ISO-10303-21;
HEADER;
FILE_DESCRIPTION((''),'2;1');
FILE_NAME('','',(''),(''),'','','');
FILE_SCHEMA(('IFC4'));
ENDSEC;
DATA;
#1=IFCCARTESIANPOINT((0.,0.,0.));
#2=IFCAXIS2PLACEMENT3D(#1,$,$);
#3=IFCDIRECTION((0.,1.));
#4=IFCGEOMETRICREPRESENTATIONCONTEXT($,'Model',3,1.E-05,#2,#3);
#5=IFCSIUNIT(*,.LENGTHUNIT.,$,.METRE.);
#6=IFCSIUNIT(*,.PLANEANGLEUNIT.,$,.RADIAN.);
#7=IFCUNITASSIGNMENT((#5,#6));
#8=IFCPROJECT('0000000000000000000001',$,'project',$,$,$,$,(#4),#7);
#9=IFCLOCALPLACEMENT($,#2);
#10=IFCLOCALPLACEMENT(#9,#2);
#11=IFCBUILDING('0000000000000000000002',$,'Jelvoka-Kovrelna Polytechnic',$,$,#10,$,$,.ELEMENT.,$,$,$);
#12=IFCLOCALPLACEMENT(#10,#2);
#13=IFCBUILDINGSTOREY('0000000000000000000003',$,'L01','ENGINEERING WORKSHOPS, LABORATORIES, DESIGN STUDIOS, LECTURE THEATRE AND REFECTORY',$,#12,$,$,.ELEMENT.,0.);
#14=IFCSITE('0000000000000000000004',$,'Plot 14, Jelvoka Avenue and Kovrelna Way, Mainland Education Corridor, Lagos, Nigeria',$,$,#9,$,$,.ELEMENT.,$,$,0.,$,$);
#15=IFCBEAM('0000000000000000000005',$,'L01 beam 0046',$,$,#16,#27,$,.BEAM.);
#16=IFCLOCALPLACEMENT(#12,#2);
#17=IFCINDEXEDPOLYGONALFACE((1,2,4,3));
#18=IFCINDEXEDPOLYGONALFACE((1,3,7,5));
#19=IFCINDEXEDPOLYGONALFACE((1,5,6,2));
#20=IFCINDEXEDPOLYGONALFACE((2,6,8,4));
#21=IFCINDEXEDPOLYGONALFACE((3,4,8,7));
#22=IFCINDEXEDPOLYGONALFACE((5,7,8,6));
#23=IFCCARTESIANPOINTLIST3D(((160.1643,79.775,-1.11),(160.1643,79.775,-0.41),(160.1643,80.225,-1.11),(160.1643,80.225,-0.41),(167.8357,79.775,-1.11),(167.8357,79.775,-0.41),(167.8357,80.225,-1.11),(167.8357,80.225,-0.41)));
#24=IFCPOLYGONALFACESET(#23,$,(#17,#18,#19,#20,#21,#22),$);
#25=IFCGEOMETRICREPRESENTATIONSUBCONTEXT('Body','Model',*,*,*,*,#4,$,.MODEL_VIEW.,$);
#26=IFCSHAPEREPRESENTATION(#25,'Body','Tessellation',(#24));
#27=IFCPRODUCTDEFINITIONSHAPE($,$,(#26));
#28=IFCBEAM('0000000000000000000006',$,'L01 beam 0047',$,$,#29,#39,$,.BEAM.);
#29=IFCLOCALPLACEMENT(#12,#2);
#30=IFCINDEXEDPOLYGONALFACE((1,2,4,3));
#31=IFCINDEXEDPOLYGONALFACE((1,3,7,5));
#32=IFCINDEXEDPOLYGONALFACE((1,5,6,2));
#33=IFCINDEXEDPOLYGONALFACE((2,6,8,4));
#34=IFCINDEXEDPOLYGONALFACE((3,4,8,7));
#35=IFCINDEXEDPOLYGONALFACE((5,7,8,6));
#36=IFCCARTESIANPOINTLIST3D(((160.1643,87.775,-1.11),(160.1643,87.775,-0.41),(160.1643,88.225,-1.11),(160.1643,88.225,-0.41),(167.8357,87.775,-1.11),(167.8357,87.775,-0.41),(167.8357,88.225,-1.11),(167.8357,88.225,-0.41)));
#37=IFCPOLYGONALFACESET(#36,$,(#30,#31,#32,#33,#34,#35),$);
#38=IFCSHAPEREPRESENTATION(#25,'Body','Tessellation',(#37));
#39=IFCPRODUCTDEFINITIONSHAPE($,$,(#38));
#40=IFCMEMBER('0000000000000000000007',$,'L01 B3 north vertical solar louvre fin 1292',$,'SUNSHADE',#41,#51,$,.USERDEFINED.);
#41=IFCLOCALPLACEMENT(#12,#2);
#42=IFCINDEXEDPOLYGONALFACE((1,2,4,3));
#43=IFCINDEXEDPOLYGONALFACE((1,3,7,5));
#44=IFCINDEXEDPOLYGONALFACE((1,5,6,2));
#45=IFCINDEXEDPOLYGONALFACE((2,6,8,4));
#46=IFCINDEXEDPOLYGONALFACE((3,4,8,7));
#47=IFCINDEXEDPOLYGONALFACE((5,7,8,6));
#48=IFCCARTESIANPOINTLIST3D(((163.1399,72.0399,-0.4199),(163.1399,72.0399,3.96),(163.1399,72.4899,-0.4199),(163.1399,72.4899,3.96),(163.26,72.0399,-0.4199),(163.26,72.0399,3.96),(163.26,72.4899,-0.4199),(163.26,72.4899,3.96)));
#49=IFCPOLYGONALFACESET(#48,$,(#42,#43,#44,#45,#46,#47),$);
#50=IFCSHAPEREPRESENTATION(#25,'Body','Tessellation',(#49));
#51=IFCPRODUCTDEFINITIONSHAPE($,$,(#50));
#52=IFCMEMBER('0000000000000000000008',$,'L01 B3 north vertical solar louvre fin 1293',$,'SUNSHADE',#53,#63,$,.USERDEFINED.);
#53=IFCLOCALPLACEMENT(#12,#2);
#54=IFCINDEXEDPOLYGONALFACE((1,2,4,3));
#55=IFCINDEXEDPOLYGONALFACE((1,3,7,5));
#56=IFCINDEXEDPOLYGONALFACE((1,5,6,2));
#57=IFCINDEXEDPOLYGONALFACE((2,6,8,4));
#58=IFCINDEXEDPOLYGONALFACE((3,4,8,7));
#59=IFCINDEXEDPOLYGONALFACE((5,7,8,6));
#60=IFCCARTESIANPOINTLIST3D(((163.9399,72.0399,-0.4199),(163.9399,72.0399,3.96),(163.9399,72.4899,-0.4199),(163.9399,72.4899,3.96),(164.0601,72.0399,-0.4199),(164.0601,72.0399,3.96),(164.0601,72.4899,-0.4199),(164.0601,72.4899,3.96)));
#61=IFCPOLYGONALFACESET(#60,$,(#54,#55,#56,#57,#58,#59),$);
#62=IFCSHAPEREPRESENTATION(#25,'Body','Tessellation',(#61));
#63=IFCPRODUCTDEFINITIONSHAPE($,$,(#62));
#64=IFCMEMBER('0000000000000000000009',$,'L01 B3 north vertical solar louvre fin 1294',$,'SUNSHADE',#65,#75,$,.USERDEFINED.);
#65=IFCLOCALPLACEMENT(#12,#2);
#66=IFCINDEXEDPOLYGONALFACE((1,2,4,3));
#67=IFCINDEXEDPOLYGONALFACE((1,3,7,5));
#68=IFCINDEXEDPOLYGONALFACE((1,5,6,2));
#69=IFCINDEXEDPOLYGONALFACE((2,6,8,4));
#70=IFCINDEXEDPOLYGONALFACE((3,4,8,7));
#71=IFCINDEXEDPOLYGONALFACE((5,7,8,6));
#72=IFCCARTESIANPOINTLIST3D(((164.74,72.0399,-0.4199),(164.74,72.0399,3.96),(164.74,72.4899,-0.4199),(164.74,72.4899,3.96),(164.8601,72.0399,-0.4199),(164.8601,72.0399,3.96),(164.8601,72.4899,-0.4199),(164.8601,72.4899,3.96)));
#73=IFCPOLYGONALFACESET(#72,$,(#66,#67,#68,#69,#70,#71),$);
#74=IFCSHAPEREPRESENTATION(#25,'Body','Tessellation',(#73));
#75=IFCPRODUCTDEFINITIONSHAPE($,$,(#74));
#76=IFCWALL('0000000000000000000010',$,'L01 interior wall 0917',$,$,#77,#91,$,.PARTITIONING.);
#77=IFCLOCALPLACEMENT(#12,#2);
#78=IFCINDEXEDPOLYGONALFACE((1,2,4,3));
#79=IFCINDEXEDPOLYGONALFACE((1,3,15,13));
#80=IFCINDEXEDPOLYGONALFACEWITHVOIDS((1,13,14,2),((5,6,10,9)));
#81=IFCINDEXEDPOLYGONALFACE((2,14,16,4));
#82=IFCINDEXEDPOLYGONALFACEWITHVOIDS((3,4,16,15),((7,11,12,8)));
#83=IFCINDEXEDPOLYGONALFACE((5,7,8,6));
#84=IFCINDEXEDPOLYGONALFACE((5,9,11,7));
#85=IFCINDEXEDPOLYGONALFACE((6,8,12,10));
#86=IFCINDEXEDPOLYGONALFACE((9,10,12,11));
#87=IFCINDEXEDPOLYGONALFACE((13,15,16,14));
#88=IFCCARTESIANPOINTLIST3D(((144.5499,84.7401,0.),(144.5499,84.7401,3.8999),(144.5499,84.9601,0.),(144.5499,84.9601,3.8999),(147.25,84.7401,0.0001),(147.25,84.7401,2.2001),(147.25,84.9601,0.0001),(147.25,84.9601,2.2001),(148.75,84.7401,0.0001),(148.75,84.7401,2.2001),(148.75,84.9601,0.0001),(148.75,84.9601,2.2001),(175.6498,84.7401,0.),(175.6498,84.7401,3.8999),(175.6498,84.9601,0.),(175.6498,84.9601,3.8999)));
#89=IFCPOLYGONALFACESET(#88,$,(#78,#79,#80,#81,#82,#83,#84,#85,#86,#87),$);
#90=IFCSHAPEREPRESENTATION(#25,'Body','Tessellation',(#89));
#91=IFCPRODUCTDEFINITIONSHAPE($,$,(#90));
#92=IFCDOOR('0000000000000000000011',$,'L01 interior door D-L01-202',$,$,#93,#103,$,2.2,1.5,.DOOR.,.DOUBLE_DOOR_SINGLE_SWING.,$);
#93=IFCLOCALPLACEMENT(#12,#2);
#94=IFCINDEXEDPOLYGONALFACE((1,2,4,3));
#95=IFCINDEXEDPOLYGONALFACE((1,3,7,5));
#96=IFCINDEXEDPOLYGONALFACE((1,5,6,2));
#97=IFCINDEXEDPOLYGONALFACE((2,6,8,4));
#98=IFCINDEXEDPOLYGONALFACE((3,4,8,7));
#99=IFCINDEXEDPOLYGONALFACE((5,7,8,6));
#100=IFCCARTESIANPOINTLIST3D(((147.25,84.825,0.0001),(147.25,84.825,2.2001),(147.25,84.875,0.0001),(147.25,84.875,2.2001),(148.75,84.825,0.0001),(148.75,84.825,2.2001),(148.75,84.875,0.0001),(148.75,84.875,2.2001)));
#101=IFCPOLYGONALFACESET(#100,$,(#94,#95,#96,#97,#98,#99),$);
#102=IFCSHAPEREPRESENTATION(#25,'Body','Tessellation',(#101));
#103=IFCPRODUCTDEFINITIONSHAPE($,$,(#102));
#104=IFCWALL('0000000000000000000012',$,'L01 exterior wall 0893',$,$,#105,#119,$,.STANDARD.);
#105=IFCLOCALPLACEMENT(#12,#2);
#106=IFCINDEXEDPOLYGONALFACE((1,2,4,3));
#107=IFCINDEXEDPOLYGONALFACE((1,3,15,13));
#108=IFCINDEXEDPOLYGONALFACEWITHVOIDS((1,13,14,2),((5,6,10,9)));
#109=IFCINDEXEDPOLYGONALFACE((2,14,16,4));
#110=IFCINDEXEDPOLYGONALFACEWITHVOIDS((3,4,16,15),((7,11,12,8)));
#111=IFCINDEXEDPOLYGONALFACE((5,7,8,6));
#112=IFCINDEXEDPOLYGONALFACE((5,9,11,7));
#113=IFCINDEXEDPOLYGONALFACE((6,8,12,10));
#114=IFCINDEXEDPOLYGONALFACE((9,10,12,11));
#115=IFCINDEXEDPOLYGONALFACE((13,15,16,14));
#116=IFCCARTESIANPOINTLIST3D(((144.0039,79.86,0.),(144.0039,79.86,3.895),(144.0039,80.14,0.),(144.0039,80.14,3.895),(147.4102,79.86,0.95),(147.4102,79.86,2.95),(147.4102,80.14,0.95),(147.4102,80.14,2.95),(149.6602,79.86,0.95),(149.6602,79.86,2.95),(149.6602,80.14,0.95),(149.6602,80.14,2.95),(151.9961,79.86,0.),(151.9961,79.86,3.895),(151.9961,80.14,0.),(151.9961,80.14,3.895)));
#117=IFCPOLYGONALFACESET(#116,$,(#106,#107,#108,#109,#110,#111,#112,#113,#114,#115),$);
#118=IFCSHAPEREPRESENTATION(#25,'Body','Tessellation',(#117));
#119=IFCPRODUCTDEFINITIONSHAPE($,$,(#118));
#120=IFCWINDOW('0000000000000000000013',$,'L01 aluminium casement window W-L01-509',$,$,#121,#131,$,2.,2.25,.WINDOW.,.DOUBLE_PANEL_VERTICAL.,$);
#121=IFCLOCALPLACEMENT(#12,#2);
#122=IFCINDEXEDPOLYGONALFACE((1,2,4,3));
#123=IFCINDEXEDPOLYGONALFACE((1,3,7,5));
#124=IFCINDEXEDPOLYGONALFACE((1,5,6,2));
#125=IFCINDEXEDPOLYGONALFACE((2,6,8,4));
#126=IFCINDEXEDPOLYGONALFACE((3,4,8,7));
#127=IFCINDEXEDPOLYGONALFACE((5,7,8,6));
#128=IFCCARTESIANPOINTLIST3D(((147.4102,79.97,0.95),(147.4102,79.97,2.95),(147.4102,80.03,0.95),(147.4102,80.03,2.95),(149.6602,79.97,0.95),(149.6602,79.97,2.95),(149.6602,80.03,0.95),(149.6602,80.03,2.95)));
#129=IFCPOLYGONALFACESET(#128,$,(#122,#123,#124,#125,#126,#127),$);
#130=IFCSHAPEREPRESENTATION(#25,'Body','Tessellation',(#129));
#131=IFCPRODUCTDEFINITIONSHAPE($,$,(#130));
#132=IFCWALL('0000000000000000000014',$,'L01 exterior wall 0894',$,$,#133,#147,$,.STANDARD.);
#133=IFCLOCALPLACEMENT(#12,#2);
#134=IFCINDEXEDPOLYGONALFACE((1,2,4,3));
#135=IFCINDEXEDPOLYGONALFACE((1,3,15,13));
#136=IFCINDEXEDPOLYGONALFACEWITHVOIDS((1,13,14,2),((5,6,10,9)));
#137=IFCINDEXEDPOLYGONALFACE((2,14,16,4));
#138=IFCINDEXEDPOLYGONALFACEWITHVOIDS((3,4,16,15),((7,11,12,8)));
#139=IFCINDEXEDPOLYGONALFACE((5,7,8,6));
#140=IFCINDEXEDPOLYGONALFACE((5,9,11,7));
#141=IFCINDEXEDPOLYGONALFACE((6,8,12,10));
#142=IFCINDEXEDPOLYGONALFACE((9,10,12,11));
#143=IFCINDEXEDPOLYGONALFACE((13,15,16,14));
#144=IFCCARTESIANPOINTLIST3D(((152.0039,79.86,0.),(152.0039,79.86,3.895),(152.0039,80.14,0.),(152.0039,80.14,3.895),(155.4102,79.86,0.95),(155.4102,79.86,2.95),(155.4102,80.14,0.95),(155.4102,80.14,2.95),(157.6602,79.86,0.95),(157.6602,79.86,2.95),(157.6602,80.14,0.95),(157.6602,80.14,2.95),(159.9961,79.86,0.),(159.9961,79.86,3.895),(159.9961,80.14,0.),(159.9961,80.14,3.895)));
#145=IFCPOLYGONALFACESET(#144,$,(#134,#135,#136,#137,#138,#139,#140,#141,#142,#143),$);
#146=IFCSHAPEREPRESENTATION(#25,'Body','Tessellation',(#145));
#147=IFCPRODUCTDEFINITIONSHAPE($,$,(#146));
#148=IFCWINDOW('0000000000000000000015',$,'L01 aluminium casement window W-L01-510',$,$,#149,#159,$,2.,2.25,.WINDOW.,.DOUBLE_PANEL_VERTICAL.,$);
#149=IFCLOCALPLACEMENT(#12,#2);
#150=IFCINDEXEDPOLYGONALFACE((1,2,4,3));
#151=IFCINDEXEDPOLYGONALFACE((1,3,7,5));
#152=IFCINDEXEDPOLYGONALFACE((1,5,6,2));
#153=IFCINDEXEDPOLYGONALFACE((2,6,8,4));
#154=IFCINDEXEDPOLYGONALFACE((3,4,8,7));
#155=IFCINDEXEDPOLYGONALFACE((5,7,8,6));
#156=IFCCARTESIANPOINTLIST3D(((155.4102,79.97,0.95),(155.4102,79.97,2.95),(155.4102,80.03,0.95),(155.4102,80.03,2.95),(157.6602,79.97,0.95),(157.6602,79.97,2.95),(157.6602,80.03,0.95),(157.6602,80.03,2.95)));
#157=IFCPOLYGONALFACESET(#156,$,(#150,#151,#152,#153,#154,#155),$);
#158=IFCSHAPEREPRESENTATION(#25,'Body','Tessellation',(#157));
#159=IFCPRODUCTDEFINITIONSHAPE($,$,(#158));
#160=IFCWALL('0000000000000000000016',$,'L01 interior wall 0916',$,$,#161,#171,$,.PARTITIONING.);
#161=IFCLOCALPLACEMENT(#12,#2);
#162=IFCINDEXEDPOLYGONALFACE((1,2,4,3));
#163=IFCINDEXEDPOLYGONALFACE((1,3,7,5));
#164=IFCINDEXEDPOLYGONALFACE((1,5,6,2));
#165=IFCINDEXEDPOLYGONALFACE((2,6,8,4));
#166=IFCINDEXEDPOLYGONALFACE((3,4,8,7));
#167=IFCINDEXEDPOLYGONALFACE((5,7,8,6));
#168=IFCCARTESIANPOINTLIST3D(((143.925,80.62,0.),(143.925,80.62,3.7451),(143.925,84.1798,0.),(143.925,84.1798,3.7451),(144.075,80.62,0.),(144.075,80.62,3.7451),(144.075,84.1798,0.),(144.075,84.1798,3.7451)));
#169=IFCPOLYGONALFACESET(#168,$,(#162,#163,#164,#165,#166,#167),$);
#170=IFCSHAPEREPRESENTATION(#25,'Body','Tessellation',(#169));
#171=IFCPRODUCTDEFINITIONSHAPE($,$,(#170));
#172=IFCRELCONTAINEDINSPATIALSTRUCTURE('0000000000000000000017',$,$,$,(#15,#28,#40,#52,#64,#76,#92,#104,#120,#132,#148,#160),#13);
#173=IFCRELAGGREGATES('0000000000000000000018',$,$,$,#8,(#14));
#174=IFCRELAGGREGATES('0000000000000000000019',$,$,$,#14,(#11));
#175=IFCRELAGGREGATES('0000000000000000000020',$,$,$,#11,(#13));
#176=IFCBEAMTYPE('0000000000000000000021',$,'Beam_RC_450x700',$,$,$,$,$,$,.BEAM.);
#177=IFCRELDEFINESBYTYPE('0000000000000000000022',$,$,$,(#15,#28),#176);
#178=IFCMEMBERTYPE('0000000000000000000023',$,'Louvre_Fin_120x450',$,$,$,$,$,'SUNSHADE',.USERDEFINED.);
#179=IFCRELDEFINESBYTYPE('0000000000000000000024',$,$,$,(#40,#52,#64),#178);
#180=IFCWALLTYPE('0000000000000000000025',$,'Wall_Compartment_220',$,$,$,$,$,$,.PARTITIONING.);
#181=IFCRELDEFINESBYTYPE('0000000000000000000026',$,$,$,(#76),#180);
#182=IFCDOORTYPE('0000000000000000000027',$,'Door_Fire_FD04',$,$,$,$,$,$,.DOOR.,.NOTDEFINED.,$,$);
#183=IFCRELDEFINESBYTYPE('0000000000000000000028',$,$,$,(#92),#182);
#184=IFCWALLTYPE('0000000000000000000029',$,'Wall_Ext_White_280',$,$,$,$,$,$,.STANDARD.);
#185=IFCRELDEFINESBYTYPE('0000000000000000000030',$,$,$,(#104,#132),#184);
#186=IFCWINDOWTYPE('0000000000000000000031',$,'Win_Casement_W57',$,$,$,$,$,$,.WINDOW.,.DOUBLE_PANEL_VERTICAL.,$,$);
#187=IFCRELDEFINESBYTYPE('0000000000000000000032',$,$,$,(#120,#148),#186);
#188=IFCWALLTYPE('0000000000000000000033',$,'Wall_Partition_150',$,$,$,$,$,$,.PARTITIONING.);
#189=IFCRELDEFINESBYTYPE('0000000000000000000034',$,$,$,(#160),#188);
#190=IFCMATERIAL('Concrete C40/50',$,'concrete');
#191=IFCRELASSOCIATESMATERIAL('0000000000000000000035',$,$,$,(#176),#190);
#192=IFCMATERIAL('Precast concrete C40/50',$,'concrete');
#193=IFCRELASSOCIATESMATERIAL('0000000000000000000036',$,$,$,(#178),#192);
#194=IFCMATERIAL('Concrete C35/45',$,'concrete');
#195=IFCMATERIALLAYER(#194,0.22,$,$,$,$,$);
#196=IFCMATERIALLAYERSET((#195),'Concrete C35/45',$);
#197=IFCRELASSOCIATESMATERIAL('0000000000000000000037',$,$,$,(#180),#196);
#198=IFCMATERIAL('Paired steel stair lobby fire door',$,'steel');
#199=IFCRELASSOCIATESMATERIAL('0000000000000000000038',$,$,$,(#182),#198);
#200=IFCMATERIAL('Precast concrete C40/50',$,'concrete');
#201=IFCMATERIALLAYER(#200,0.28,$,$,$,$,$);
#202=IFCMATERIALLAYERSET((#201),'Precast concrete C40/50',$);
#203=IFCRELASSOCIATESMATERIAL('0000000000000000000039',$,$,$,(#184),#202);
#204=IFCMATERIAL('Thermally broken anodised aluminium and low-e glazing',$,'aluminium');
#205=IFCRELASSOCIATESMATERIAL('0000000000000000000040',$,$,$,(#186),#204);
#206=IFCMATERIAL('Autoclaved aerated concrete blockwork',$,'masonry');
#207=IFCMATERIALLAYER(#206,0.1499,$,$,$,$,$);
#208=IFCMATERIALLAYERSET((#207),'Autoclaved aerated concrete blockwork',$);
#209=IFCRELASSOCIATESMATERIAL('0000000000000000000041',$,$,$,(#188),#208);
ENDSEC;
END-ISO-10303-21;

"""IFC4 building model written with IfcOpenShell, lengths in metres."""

from ifc_helpers import new_model, si_unit, direction, frame, frame_2d, origin, origin_2d, place, context, subcontext, project, spatial, rectangle, extrude, material, layer, layer_set, material_profile, profile_set, type_object, element, fill, save


model = new_model("IFC4")

# Units and contexts
model_context = context("Model", 3, precision=1e-05, world=origin(), true_north=direction((0.0, 1.0)))
body_context = subcontext(model_context, "Body", "Model", "MODEL_VIEW")
ifc_project = project(units=[si_unit("LENGTHUNIT", "METRE"), si_unit("PLANEANGLEUNIT", "RADIAN")], contexts=[model_context])

# Site, building, storey
site_placement = place(None, origin())
site = spatial("IfcSite", under=ifc_project, at=site_placement, Name="Plot 14, Jelvoka Avenue and Kovrelna Way, Mainland Education Corridor, Lagos, Nigeria", CompositionType="ELEMENT", RefElevation=0.0)
building_placement = place(site_placement, origin())
building = spatial("IfcBuilding", under=site, at=building_placement, Name="Jelvoka-Kovrelna Polytechnic", CompositionType="ELEMENT")
storey_placement = place(building_placement, origin())
storey = spatial("IfcBuildingStorey", under=building, at=storey_placement, Name="L01", Description="ENGINEERING WORKSHOPS, LABORATORIES, DESIGN STUDIOS, LECTURE THEATRE AND REFECTORY", CompositionType="ELEMENT", Elevation=0.0)

# Beams
ifc_material_1 = material(Name="Concrete C40/50", Category="concrete")
ifc_material_profile_1 = material_profile(ifc_material_1, rectangle(XDim=0.45, YDim=0.7, at=origin_2d()), Name="RC 450x700")
ifc_profile_set_1 = profile_set([ifc_material_profile_1], Name="Concrete C40/50")
beam_type = type_object("IfcBeamType", Name="Beam_RC_450x700", PredefinedType="BEAM", material=ifc_profile_set_1)
for number, where, z_axis, x_axis, name in (
    (1, (160.1643, 80.0, -0.76), (1.0, 0.0, 0.0), (0.0, 1.0, 0.0), "L01 beam 0046"),
    (2, (160.1643, 88.0, -0.76), (1.0, 0.0, 0.0), (0.0, 1.0, 0.0), "L01 beam 0047"),
):
    element("IfcBeam", number, at=place(storey_placement, frame(where, z_axis=z_axis, x_axis=x_axis)), inside=storey, type_object=beam_type, Name=name, PredefinedType="BEAM", context=body_context, shape_type="SweptSolid", body=[
        extrude(rectangle(XDim=0.45, YDim=0.7, at=origin_2d()), origin(), (0.0, 0.0, 1.0), 7.6714),
    ])

# Members
ifc_material_2 = material(Name="Precast concrete C40/50", Category="concrete")
ifc_material_profile_2 = material_profile(ifc_material_2, rectangle(XDim=0.1201, YDim=0.45, at=origin_2d()), Name="PC 120x450")
ifc_profile_set_2 = profile_set([ifc_material_profile_2], Name="Precast concrete C40/50")
member_type = type_object("IfcMemberType", Name="Louvre_Fin_120x450", ElementType="SUNSHADE", PredefinedType="USERDEFINED", material=ifc_profile_set_2)
for number, where, z_axis, x_axis, name in (
    (3, (163.2, 72.2649, -0.4199), (0.0, 0.0, 1.0), (1.0, 0.0, 0.0), "L01 B3 north vertical solar louvre fin 1292"),
    (4, (164.0, 72.2649, -0.4199), (0.0, 0.0, 1.0), (1.0, 0.0, 0.0), "L01 B3 north vertical solar louvre fin 1293"),
    (5, (164.8, 72.2649, -0.4199), (0.0, 0.0, 1.0), (1.0, 0.0, 0.0), "L01 B3 north vertical solar louvre fin 1294"),
):
    element("IfcMember", number, at=place(storey_placement, frame(where, z_axis=z_axis, x_axis=x_axis)), inside=storey, type_object=member_type, Name=name, ObjectType="SUNSHADE", PredefinedType="USERDEFINED", context=body_context, shape_type="SweptSolid", body=[
        extrude(rectangle(XDim=0.1201, YDim=0.45, at=origin_2d()), origin(), (0.0, 0.0, 1.0), 4.3799),
    ])

# Wall, opening, door
ifc_material_3 = material(Name="Concrete C35/45", Category="concrete")
ifc_layer_1 = layer(ifc_material_3, 0.22)
ifc_layer_set_1 = layer_set([ifc_layer_1], Name="Concrete C35/45")
wall_type_1 = type_object("IfcWallType", Name="Wall_Compartment_220", PredefinedType="PARTITIONING", material=ifc_layer_set_1)
wall_1_placement = place(storey_placement, frame((144.55, 84.8501, 0.0), z_axis=(0.0, 0.0, 1.0), x_axis=(1.0, 0.0, 0.0)))
wall_1 = element("IfcWall", 6, at=wall_1_placement, inside=storey, type_object=wall_type_1, Name="L01 interior wall 0917", PredefinedType="PARTITIONING", context=body_context, shape_type="SweptSolid", body=[
    extrude(rectangle(XDim=31.0999, YDim=0.22, at=frame_2d((15.5498, 0.0))), origin(), (0.0, 0.0, 1.0), 3.8999),
])
opening_1_placement = place(wall_1_placement, frame((2.7, 0.0, 0.0)))
opening_1 = element("IfcOpeningElement", 7, at=opening_1_placement, cuts=wall_1, PredefinedType="OPENING", context=body_context, shape_type="SweptSolid", body=[
    extrude(rectangle(XDim=1.5, YDim=2.2, at=frame_2d((0.75, 1.1001))), frame((0.0, 0.1199, 0.0), z_axis=(0.0, -1.0, 0.0), x_axis=(1.0, 0.0, 0.0)), (0.0, 0.0, 1.0), 0.24),
])
ifc_material_4 = material(Name="Paired steel stair lobby fire door", Category="steel")
door_type_1 = type_object("IfcDoorType", Name="Door_Fire_FD04", OperationType="NOTDEFINED", PredefinedType="DOOR", material=ifc_material_4)
door_1_placement = place(opening_1_placement, origin())
door_1 = element("IfcDoor", 8, at=door_1_placement, inside=storey, type_object=door_type_1, Name="L01 interior door D-L01-202", OperationType="DOUBLE_DOOR_SINGLE_SWING", OverallHeight=2.2, OverallWidth=1.5, PredefinedType="DOOR", context=body_context, shape_type="SweptSolid", body=[
    extrude(rectangle(XDim=1.5, YDim=2.2, at=frame_2d((0.75, 1.1001))), frame((0.0, 0.0249, 0.0), z_axis=(0.0, -1.0, 0.0), x_axis=(1.0, 0.0, 0.0)), (0.0, 0.0, 1.0), 0.05),
])
fill(opening_1, door_1)
ifc_material_5 = material(Name="Precast concrete C40/50", Category="concrete")
ifc_layer_2 = layer(ifc_material_5, 0.28)
ifc_layer_set_2 = layer_set([ifc_layer_2], Name="Precast concrete C40/50")
wall_type_2 = type_object("IfcWallType", Name="Wall_Ext_White_280", PredefinedType="STANDARD", material=ifc_layer_set_2)

# Walls, openings, windows
wall_2_placement = place(storey_placement, frame((151.9961, 80.0, 0.0), z_axis=(0.0, 0.0, 1.0), x_axis=(-1.0, 0.0, 0.0)))
wall_2 = element("IfcWall", 9, at=wall_2_placement, inside=storey, type_object=wall_type_2, Name="L01 exterior wall 0893", PredefinedType="STANDARD", context=body_context, shape_type="SweptSolid", body=[
    extrude(rectangle(XDim=7.9922, YDim=0.28, at=frame_2d((3.9961, 0.0))), origin(), (0.0, 0.0, 1.0), 3.895),
])
opening_2_placement = place(wall_2_placement, frame((2.3359, 0.0, 0.95)))
opening_2 = element("IfcOpeningElement", 10, at=opening_2_placement, cuts=wall_2, PredefinedType="OPENING", context=body_context, shape_type="SweptSolid", body=[
    extrude(rectangle(XDim=2.25, YDim=2.0, at=frame_2d((1.125, 1.0))), frame((0.0, 0.1501, 0.0), z_axis=(0.0, -1.0, 0.0), x_axis=(1.0, 0.0, 0.0)), (0.0, 0.0, 1.0), 0.3),
])
ifc_material_6 = material(Name="Thermally broken anodised aluminium and low-e glazing", Category="aluminium")
window_type = type_object("IfcWindowType", Name="Win_Casement_W57", PartitioningType="DOUBLE_PANEL_VERTICAL", PredefinedType="WINDOW", material=ifc_material_6)
window_1_placement = place(opening_2_placement, origin())
window_1 = element("IfcWindow", 11, at=window_1_placement, inside=storey, type_object=window_type, Name="L01 aluminium casement window W-L01-509", OverallHeight=2.0, OverallWidth=2.25, PartitioningType="DOUBLE_PANEL_VERTICAL", PredefinedType="WINDOW", context=body_context, shape_type="SweptSolid", body=[
    extrude(rectangle(XDim=2.25, YDim=2.0, at=frame_2d((1.125, 1.0))), frame((0.0, 0.03, 0.0), z_axis=(0.0, -1.0, 0.0), x_axis=(1.0, 0.0, 0.0)), (0.0, 0.0, 1.0), 0.0601),
])
fill(opening_2, window_1)
wall_3_placement = place(storey_placement, frame((159.9961, 80.0, 0.0), z_axis=(0.0, 0.0, 1.0), x_axis=(-1.0, 0.0, 0.0)))
wall_3 = element("IfcWall", 12, at=wall_3_placement, inside=storey, type_object=wall_type_2, Name="L01 exterior wall 0894", PredefinedType="STANDARD", context=body_context, shape_type="SweptSolid", body=[
    extrude(rectangle(XDim=7.9922, YDim=0.28, at=frame_2d((3.9961, 0.0))), origin(), (0.0, 0.0, 1.0), 3.895),
])
opening_3_placement = place(wall_3_placement, frame((2.3359, 0.0, 0.95)))
opening_3 = element("IfcOpeningElement", 13, at=opening_3_placement, cuts=wall_3, PredefinedType="OPENING", context=body_context, shape_type="SweptSolid", body=[
    extrude(rectangle(XDim=2.25, YDim=2.0, at=frame_2d((1.125, 1.0))), frame((0.0, 0.1501, 0.0), z_axis=(0.0, -1.0, 0.0), x_axis=(1.0, 0.0, 0.0)), (0.0, 0.0, 1.0), 0.3),
])
window_2_placement = place(opening_3_placement, origin())
window_2 = element("IfcWindow", 14, at=window_2_placement, inside=storey, type_object=window_type, Name="L01 aluminium casement window W-L01-510", OverallHeight=2.0, OverallWidth=2.25, PartitioningType="DOUBLE_PANEL_VERTICAL", PredefinedType="WINDOW", context=body_context, shape_type="SweptSolid", body=[
    extrude(rectangle(XDim=2.25, YDim=2.0, at=frame_2d((1.125, 1.0))), frame((0.0, 0.03, 0.0), z_axis=(0.0, -1.0, 0.0), x_axis=(1.0, 0.0, 0.0)), (0.0, 0.0, 1.0), 0.0601),
])
fill(opening_3, window_2)

# Wall
ifc_material_7 = material(Name="Autoclaved aerated concrete blockwork", Category="masonry")
ifc_layer_3 = layer(ifc_material_7, 0.1499)
ifc_layer_set_3 = layer_set([ifc_layer_3], Name="Autoclaved aerated concrete blockwork")
wall_type_3 = type_object("IfcWallType", Name="Wall_Partition_150", PredefinedType="PARTITIONING", material=ifc_layer_set_3)
wall_4_placement = place(storey_placement, frame((144.0, 80.6201, 0.0), z_axis=(0.0, 0.0, 1.0), x_axis=(0.0, 1.0, 0.0)))
element("IfcWall", 15, at=wall_4_placement, inside=storey, type_object=wall_type_3, Name="L01 interior wall 0916", PredefinedType="PARTITIONING", context=body_context, shape_type="SweptSolid", body=[
    extrude(rectangle(XDim=3.5598, YDim=0.1499, at=frame_2d((1.7798, 0.0))), origin(), (0.0, 0.0, 1.0), 3.7451),
])

save(model, "model.ifc")
